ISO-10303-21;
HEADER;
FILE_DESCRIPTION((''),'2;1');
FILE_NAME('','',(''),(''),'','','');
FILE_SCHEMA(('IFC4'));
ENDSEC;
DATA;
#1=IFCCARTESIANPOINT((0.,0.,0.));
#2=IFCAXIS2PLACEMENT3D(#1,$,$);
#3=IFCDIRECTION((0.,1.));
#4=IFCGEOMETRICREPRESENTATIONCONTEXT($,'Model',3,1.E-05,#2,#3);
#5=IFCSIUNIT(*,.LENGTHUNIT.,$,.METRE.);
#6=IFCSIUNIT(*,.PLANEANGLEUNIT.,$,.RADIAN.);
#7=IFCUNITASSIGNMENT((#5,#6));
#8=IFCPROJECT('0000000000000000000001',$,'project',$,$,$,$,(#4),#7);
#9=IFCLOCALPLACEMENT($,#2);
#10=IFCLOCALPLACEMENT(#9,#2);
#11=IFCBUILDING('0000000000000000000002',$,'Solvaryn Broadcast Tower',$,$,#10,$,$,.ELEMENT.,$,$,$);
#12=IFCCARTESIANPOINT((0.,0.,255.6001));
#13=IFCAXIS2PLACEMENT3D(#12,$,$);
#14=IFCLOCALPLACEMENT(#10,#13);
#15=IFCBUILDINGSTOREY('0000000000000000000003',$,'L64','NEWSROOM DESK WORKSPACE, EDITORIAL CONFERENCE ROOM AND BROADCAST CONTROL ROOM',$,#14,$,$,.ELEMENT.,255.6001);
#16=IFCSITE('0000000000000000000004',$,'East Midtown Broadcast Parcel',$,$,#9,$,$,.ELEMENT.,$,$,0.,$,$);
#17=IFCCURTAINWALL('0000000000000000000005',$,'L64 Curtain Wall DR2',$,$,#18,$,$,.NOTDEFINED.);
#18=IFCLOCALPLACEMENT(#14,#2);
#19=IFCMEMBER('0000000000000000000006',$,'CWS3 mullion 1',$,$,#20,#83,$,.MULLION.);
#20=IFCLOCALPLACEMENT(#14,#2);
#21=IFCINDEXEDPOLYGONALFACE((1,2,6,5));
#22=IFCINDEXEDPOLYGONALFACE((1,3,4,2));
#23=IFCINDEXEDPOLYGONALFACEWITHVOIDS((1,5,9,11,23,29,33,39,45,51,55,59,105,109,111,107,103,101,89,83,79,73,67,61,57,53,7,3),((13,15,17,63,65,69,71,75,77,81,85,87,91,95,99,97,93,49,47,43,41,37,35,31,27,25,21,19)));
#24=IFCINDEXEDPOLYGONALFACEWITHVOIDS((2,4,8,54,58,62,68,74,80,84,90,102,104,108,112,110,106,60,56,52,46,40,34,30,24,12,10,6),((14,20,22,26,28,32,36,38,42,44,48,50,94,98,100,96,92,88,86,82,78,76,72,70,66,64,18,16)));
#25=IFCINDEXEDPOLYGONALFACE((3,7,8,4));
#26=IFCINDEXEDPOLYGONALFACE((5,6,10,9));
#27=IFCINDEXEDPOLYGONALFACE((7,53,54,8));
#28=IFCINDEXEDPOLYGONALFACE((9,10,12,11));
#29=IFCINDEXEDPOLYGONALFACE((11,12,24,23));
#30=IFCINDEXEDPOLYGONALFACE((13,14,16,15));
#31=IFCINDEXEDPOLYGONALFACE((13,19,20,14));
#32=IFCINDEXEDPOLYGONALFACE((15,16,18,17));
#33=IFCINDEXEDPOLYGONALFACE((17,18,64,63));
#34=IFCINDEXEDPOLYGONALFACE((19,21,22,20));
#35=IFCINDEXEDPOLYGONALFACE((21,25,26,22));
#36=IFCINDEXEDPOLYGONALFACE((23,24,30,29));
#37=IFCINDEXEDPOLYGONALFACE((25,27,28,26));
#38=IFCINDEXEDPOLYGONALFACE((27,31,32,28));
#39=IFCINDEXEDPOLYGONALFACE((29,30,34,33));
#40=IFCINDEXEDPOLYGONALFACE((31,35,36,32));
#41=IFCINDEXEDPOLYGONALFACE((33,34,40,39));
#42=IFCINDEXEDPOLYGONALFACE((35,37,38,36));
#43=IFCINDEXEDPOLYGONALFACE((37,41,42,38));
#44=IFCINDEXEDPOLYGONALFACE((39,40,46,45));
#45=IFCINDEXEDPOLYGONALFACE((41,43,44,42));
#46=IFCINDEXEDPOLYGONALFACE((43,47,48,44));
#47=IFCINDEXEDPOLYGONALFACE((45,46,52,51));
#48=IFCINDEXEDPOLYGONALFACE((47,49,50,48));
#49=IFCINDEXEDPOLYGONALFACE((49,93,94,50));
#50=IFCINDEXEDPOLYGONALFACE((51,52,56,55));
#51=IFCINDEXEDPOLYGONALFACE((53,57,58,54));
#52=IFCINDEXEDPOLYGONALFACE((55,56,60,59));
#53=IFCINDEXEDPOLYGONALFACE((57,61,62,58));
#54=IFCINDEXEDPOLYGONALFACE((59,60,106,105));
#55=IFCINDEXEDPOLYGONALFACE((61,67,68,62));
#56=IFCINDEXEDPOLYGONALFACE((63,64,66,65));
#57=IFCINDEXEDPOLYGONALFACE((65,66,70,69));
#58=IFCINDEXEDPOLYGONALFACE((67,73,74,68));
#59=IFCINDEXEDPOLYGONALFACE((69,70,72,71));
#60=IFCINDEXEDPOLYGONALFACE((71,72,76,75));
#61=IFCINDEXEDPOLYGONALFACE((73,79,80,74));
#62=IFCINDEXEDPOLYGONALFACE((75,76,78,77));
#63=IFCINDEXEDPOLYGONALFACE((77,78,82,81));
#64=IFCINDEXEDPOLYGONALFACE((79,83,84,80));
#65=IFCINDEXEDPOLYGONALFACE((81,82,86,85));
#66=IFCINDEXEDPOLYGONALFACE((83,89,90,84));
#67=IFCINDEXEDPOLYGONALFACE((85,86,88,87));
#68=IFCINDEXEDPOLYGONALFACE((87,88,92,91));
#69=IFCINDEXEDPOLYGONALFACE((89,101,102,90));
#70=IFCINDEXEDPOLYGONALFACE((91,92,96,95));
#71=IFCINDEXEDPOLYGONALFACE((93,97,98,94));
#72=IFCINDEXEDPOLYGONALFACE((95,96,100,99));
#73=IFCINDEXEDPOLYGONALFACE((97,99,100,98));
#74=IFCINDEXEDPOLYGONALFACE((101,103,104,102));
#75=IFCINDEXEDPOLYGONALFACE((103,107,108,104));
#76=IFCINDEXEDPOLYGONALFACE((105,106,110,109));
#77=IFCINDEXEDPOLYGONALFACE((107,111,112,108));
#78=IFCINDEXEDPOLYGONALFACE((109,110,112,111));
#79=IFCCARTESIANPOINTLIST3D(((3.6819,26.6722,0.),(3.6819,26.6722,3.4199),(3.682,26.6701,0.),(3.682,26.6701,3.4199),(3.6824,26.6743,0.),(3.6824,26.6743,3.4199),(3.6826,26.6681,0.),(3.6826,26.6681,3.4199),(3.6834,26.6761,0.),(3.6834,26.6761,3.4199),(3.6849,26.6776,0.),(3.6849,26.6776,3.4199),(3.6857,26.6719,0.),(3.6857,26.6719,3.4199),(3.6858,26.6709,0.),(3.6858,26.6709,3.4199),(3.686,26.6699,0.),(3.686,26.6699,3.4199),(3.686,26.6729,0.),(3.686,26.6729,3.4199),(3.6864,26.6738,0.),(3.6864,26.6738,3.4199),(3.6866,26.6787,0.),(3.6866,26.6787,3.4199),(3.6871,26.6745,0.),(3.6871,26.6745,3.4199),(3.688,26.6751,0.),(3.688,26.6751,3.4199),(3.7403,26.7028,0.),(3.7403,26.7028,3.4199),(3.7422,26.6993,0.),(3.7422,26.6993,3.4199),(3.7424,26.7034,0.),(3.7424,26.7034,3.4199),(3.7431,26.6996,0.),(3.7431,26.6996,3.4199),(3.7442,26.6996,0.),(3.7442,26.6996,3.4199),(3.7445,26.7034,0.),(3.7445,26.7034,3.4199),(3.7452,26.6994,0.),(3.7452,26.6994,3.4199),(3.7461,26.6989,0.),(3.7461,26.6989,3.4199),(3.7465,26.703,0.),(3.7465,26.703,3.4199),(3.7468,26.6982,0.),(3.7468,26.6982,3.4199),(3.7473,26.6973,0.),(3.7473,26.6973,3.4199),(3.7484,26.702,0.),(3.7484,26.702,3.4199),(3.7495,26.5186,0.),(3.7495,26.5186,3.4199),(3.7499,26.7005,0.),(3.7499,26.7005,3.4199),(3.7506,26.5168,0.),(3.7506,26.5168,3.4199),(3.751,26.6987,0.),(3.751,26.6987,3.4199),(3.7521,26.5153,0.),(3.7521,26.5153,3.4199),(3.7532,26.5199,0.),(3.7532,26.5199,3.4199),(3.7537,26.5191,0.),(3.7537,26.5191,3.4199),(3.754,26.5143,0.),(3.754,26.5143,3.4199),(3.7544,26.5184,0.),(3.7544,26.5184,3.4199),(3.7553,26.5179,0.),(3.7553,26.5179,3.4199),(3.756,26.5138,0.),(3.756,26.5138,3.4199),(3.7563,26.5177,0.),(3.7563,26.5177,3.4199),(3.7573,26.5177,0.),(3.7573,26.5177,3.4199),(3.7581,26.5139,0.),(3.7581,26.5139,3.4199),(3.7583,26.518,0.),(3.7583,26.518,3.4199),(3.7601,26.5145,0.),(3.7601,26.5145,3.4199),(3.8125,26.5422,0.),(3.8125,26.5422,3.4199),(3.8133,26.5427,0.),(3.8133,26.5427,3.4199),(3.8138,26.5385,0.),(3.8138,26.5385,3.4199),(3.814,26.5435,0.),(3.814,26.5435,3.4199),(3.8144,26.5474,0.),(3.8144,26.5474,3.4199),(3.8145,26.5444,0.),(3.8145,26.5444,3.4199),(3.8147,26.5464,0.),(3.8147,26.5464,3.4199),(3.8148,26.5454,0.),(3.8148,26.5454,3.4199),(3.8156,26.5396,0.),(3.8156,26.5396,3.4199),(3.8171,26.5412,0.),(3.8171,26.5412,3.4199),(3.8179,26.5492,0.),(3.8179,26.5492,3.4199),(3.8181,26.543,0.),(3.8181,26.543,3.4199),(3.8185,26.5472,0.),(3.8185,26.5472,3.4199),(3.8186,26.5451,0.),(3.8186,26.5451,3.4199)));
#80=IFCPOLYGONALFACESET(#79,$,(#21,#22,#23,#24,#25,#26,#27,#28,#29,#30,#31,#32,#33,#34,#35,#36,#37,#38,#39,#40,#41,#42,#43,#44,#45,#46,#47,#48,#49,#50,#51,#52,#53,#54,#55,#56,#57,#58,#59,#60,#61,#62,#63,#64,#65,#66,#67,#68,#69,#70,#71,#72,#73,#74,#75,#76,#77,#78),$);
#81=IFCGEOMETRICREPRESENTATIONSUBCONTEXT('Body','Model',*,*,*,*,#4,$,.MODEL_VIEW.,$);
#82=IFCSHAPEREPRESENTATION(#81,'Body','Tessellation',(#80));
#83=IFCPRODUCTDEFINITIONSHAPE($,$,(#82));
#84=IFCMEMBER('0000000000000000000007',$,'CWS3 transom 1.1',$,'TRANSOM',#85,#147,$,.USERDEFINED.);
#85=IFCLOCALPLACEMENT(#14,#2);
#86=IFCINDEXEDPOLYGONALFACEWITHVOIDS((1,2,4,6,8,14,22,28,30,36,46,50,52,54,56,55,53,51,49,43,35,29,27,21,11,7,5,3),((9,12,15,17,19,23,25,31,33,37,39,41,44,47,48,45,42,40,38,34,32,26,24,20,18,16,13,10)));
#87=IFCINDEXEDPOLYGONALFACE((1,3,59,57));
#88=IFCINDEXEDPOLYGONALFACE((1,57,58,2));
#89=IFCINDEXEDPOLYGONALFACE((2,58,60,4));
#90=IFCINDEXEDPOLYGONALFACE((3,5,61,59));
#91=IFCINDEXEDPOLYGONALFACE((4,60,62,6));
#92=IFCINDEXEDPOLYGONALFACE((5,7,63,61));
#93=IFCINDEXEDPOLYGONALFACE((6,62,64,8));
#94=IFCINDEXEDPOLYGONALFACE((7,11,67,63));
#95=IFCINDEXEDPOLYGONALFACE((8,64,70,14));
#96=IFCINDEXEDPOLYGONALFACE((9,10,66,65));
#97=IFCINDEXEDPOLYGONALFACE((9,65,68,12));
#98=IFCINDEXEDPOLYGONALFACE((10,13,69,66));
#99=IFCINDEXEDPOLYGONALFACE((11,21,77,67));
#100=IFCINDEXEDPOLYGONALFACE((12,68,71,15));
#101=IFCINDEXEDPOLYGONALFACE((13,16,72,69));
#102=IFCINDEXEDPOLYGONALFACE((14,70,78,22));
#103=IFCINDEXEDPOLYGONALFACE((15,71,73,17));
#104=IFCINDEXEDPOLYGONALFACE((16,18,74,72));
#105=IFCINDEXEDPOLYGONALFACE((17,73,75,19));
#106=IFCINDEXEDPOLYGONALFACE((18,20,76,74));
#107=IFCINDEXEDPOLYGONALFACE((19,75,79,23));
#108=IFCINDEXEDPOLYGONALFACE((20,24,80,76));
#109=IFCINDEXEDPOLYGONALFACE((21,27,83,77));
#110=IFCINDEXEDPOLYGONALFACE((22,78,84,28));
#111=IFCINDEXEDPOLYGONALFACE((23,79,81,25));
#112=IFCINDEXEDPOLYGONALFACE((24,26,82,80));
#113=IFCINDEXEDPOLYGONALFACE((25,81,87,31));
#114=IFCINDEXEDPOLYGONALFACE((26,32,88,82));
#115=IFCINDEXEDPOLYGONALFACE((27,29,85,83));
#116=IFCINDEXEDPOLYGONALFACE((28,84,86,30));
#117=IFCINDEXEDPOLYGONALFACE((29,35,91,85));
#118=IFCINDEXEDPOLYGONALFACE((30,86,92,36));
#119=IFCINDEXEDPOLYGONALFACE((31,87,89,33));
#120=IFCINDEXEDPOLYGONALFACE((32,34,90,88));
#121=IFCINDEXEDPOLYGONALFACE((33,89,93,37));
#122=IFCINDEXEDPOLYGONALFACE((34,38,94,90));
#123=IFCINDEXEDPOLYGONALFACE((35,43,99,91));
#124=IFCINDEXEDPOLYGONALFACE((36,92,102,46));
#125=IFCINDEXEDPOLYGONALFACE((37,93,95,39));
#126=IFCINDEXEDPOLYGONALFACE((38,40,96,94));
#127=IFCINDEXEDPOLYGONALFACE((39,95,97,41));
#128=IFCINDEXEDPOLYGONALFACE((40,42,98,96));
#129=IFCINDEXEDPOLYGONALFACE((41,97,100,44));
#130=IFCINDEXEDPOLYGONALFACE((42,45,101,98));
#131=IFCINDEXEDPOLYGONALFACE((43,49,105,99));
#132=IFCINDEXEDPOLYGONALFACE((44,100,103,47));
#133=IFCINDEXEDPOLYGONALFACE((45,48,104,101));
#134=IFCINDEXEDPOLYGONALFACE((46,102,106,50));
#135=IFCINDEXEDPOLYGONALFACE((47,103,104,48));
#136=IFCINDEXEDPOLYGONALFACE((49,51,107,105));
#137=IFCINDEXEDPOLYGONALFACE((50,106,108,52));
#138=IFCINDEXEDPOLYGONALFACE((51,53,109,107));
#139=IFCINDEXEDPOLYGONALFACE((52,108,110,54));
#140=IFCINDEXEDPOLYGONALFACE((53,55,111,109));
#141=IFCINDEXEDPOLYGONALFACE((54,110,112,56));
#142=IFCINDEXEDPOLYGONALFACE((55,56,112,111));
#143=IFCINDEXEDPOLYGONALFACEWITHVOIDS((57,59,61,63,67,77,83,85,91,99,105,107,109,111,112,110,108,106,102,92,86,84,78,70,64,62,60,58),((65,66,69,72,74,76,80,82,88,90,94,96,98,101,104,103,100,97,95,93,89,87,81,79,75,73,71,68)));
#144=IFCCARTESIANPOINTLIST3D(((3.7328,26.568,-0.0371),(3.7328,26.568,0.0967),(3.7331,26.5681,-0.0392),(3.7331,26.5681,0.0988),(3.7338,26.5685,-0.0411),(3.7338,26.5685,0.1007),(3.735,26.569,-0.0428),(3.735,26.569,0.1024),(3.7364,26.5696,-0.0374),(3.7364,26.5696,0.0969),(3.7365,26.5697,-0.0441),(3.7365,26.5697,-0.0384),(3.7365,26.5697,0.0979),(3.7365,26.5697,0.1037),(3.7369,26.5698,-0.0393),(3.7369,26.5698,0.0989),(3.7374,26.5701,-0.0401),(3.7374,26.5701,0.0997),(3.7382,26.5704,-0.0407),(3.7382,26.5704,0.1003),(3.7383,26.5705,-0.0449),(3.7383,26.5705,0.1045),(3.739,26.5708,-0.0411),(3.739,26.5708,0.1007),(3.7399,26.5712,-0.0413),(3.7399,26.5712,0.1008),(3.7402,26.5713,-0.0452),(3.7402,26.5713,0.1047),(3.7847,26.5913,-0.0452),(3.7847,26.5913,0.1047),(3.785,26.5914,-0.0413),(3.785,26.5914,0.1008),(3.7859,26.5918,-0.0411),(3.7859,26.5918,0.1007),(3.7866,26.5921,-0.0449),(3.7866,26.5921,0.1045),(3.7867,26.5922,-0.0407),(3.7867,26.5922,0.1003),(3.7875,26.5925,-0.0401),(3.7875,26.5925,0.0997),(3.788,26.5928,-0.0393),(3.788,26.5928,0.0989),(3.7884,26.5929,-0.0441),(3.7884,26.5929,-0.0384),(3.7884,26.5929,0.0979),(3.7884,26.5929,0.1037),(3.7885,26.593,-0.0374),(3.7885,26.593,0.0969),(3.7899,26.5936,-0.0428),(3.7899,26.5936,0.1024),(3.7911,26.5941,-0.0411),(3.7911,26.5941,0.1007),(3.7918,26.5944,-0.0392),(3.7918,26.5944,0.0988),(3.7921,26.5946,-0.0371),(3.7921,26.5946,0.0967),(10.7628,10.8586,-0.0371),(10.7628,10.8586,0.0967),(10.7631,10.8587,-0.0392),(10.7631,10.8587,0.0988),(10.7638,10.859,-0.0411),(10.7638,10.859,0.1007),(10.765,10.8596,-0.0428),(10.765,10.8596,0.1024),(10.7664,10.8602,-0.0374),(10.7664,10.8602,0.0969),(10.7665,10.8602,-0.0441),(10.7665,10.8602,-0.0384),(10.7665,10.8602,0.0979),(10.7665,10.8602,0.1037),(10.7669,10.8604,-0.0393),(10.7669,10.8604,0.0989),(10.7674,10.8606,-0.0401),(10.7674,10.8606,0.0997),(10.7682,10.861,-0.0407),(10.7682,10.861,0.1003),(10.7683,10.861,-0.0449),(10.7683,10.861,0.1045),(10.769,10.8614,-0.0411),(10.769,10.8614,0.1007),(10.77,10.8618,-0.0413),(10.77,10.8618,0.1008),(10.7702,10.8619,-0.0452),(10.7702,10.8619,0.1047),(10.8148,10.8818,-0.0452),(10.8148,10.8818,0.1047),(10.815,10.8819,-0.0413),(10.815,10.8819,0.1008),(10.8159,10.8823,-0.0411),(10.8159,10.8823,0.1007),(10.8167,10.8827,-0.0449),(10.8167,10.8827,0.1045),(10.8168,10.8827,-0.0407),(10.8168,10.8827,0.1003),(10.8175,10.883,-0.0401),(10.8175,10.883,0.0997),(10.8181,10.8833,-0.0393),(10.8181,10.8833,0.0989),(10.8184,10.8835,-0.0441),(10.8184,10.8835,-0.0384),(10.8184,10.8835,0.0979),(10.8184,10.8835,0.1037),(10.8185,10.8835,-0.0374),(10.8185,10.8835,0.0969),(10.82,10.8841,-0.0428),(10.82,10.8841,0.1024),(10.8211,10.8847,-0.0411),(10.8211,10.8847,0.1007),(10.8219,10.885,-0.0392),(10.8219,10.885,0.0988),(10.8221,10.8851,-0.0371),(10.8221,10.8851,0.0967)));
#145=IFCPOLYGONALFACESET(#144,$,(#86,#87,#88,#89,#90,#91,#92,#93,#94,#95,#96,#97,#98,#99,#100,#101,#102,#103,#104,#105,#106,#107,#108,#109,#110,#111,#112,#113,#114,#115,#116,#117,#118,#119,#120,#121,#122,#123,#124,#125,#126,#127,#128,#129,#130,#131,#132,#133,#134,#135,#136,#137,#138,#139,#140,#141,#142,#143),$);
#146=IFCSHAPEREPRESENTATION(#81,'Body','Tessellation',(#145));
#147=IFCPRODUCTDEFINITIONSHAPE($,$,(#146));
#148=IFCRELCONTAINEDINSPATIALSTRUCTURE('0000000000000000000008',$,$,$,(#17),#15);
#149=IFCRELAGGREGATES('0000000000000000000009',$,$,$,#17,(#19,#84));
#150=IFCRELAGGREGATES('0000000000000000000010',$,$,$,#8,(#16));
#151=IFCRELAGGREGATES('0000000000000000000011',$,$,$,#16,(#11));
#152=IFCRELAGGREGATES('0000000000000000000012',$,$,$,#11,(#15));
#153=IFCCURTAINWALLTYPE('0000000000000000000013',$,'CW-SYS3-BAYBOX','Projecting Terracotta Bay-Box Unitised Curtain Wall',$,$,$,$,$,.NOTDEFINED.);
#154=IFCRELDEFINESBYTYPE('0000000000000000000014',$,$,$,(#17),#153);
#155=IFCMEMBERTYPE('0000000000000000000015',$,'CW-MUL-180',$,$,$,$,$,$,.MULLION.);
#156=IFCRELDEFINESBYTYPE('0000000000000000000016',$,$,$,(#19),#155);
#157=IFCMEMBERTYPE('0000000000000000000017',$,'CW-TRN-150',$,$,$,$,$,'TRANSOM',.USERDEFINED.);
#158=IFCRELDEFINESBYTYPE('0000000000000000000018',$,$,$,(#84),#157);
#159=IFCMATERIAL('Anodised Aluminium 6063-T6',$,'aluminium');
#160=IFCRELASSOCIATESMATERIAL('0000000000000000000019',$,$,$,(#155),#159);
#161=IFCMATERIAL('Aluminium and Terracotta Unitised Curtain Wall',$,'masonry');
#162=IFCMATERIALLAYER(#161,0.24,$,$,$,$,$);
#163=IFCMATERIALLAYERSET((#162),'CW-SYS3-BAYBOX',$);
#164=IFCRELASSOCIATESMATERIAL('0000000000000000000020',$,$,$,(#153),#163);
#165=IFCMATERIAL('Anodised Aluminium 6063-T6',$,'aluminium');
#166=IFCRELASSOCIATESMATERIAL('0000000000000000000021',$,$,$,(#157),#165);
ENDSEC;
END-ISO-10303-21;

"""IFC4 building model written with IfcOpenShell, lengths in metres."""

from ifc_helpers import new_model, si_unit, direction, frame, origin, origin_2d, place, context, subcontext, project, spatial, hollow_rectangle, extrude, material, layer, layer_set, material_profile, profile_set, type_object, element, aggregate, save


model = new_model("IFC4")

# Units and contexts
model_context = context("Model", 3, precision=1e-05, world=origin(), true_north=direction((0.0, 1.0)))
body_context = subcontext(model_context, "Body", "Model", "MODEL_VIEW")
ifc_project = project(units=[si_unit("LENGTHUNIT", "METRE"), si_unit("PLANEANGLEUNIT", "RADIAN")], contexts=[model_context])

# Site, building, storey
site_placement = place(None, origin())
site = spatial("IfcSite", under=ifc_project, at=site_placement, Name="East Midtown Broadcast Parcel", CompositionType="ELEMENT", RefElevation=0.0)
building_placement = place(site_placement, origin())
building = spatial("IfcBuilding", under=site, at=building_placement, Name="Solvaryn Broadcast Tower", CompositionType="ELEMENT")
storey_placement = place(building_placement, frame((0.0, 0.0, 255.6001)))
storey = spatial("IfcBuildingStorey", under=building, at=storey_placement, Name="L64", Description="NEWSROOM DESK WORKSPACE, EDITORIAL CONFERENCE ROOM AND BROADCAST CONTROL ROOM", CompositionType="ELEMENT", Elevation=255.6001)

# Shared definitions
ifc_material_1 = material(Name="Anodised Aluminium 6063-T6", Category="aluminium")
ifc_material_profile_1 = material_profile(ifc_material_1, hollow_rectangle(XDim=0.075, YDim=0.1799, WallThickness=0.0039, InnerFilletRadius=0.0039, OuterFilletRadius=0.0081, at=origin_2d()))
ifc_profile_set_1 = profile_set([ifc_material_profile_1], Name="Anodised Aluminium 6063-T6")
member_type_1 = type_object("IfcMemberType", Name="CW-MUL-180", PredefinedType="MULLION", material=ifc_profile_set_1)

# Curtain wall, members
ifc_material_2 = material(Name="Aluminium and Terracotta Unitised Curtain Wall", Category="masonry")
ifc_layer_1 = layer(ifc_material_2, 0.24)
ifc_layer_set_1 = layer_set([ifc_layer_1], Name="CW-SYS3-BAYBOX")
curtain_wall_type_1 = type_object("IfcCurtainWallType", Name="CW-SYS3-BAYBOX", Description="Projecting Terracotta Bay-Box Unitised Curtain Wall", PredefinedType="NOTDEFINED", material=ifc_layer_set_1)
curtain_wall_1_placement = place(storey_placement, origin())
curtain_wall_1 = element("IfcCurtainWall", 1, at=curtain_wall_1_placement, inside=storey, type_object=curtain_wall_type_1, Name="L64 Curtain Wall DR2", PredefinedType="NOTDEFINED")
member_1_placement = place(storey_placement, frame((3.7502, 26.6086, 0.0), z_axis=(0.0, 0.0, 1.0), x_axis=(0.912774, 0.408466, 0.0)))
member_1 = element("IfcMember", 2, at=member_1_placement, type_object=member_type_1, Name="CWS3 mullion 1", PredefinedType="MULLION", context=body_context, shape_type="SweptSolid", body=[
    extrude(hollow_rectangle(XDim=0.075, YDim=0.1799, WallThickness=0.0039, InnerFilletRadius=0.0039, OuterFilletRadius=0.0081, at=origin_2d()), origin(), (0.0, 0.0, 1.0), 3.4199),
])
ifc_material_3 = material(Name="Anodised Aluminium 6063-T6", Category="aluminium")
ifc_material_profile_2 = material_profile(ifc_material_3, hollow_rectangle(XDim=0.0649, YDim=0.1499, WallThickness=0.0039, InnerFilletRadius=0.0039, OuterFilletRadius=0.0081, at=origin_2d()))
ifc_profile_set_2 = profile_set([ifc_material_profile_2], Name="Anodised Aluminium 6063-T6")
member_type_2 = type_object("IfcMemberType", Name="CW-TRN-150", ElementType="TRANSOM", PredefinedType="USERDEFINED", material=ifc_profile_set_2)
member_2_placement = place(storey_placement, frame((3.7625, 26.5813, 0.0298), z_axis=(0.408468, -0.912773, 0.0), x_axis=(0.912773, 0.408468, 0.0)))
member_2 = element("IfcMember", 3, at=member_2_placement, type_object=member_type_2, Name="CWS3 transom 1.1", ObjectType="TRANSOM", PredefinedType="USERDEFINED", context=body_context, shape_type="SweptSolid", body=[
    extrude(hollow_rectangle(XDim=0.0649, YDim=0.1499, WallThickness=0.0039, InnerFilletRadius=0.0039, OuterFilletRadius=0.0081, at=origin_2d()), origin(), (0.0, 0.0, 1.0), 17.2107),
])
aggregate(curtain_wall_1, [member_1, member_2])

save(model, "model.ifc")
